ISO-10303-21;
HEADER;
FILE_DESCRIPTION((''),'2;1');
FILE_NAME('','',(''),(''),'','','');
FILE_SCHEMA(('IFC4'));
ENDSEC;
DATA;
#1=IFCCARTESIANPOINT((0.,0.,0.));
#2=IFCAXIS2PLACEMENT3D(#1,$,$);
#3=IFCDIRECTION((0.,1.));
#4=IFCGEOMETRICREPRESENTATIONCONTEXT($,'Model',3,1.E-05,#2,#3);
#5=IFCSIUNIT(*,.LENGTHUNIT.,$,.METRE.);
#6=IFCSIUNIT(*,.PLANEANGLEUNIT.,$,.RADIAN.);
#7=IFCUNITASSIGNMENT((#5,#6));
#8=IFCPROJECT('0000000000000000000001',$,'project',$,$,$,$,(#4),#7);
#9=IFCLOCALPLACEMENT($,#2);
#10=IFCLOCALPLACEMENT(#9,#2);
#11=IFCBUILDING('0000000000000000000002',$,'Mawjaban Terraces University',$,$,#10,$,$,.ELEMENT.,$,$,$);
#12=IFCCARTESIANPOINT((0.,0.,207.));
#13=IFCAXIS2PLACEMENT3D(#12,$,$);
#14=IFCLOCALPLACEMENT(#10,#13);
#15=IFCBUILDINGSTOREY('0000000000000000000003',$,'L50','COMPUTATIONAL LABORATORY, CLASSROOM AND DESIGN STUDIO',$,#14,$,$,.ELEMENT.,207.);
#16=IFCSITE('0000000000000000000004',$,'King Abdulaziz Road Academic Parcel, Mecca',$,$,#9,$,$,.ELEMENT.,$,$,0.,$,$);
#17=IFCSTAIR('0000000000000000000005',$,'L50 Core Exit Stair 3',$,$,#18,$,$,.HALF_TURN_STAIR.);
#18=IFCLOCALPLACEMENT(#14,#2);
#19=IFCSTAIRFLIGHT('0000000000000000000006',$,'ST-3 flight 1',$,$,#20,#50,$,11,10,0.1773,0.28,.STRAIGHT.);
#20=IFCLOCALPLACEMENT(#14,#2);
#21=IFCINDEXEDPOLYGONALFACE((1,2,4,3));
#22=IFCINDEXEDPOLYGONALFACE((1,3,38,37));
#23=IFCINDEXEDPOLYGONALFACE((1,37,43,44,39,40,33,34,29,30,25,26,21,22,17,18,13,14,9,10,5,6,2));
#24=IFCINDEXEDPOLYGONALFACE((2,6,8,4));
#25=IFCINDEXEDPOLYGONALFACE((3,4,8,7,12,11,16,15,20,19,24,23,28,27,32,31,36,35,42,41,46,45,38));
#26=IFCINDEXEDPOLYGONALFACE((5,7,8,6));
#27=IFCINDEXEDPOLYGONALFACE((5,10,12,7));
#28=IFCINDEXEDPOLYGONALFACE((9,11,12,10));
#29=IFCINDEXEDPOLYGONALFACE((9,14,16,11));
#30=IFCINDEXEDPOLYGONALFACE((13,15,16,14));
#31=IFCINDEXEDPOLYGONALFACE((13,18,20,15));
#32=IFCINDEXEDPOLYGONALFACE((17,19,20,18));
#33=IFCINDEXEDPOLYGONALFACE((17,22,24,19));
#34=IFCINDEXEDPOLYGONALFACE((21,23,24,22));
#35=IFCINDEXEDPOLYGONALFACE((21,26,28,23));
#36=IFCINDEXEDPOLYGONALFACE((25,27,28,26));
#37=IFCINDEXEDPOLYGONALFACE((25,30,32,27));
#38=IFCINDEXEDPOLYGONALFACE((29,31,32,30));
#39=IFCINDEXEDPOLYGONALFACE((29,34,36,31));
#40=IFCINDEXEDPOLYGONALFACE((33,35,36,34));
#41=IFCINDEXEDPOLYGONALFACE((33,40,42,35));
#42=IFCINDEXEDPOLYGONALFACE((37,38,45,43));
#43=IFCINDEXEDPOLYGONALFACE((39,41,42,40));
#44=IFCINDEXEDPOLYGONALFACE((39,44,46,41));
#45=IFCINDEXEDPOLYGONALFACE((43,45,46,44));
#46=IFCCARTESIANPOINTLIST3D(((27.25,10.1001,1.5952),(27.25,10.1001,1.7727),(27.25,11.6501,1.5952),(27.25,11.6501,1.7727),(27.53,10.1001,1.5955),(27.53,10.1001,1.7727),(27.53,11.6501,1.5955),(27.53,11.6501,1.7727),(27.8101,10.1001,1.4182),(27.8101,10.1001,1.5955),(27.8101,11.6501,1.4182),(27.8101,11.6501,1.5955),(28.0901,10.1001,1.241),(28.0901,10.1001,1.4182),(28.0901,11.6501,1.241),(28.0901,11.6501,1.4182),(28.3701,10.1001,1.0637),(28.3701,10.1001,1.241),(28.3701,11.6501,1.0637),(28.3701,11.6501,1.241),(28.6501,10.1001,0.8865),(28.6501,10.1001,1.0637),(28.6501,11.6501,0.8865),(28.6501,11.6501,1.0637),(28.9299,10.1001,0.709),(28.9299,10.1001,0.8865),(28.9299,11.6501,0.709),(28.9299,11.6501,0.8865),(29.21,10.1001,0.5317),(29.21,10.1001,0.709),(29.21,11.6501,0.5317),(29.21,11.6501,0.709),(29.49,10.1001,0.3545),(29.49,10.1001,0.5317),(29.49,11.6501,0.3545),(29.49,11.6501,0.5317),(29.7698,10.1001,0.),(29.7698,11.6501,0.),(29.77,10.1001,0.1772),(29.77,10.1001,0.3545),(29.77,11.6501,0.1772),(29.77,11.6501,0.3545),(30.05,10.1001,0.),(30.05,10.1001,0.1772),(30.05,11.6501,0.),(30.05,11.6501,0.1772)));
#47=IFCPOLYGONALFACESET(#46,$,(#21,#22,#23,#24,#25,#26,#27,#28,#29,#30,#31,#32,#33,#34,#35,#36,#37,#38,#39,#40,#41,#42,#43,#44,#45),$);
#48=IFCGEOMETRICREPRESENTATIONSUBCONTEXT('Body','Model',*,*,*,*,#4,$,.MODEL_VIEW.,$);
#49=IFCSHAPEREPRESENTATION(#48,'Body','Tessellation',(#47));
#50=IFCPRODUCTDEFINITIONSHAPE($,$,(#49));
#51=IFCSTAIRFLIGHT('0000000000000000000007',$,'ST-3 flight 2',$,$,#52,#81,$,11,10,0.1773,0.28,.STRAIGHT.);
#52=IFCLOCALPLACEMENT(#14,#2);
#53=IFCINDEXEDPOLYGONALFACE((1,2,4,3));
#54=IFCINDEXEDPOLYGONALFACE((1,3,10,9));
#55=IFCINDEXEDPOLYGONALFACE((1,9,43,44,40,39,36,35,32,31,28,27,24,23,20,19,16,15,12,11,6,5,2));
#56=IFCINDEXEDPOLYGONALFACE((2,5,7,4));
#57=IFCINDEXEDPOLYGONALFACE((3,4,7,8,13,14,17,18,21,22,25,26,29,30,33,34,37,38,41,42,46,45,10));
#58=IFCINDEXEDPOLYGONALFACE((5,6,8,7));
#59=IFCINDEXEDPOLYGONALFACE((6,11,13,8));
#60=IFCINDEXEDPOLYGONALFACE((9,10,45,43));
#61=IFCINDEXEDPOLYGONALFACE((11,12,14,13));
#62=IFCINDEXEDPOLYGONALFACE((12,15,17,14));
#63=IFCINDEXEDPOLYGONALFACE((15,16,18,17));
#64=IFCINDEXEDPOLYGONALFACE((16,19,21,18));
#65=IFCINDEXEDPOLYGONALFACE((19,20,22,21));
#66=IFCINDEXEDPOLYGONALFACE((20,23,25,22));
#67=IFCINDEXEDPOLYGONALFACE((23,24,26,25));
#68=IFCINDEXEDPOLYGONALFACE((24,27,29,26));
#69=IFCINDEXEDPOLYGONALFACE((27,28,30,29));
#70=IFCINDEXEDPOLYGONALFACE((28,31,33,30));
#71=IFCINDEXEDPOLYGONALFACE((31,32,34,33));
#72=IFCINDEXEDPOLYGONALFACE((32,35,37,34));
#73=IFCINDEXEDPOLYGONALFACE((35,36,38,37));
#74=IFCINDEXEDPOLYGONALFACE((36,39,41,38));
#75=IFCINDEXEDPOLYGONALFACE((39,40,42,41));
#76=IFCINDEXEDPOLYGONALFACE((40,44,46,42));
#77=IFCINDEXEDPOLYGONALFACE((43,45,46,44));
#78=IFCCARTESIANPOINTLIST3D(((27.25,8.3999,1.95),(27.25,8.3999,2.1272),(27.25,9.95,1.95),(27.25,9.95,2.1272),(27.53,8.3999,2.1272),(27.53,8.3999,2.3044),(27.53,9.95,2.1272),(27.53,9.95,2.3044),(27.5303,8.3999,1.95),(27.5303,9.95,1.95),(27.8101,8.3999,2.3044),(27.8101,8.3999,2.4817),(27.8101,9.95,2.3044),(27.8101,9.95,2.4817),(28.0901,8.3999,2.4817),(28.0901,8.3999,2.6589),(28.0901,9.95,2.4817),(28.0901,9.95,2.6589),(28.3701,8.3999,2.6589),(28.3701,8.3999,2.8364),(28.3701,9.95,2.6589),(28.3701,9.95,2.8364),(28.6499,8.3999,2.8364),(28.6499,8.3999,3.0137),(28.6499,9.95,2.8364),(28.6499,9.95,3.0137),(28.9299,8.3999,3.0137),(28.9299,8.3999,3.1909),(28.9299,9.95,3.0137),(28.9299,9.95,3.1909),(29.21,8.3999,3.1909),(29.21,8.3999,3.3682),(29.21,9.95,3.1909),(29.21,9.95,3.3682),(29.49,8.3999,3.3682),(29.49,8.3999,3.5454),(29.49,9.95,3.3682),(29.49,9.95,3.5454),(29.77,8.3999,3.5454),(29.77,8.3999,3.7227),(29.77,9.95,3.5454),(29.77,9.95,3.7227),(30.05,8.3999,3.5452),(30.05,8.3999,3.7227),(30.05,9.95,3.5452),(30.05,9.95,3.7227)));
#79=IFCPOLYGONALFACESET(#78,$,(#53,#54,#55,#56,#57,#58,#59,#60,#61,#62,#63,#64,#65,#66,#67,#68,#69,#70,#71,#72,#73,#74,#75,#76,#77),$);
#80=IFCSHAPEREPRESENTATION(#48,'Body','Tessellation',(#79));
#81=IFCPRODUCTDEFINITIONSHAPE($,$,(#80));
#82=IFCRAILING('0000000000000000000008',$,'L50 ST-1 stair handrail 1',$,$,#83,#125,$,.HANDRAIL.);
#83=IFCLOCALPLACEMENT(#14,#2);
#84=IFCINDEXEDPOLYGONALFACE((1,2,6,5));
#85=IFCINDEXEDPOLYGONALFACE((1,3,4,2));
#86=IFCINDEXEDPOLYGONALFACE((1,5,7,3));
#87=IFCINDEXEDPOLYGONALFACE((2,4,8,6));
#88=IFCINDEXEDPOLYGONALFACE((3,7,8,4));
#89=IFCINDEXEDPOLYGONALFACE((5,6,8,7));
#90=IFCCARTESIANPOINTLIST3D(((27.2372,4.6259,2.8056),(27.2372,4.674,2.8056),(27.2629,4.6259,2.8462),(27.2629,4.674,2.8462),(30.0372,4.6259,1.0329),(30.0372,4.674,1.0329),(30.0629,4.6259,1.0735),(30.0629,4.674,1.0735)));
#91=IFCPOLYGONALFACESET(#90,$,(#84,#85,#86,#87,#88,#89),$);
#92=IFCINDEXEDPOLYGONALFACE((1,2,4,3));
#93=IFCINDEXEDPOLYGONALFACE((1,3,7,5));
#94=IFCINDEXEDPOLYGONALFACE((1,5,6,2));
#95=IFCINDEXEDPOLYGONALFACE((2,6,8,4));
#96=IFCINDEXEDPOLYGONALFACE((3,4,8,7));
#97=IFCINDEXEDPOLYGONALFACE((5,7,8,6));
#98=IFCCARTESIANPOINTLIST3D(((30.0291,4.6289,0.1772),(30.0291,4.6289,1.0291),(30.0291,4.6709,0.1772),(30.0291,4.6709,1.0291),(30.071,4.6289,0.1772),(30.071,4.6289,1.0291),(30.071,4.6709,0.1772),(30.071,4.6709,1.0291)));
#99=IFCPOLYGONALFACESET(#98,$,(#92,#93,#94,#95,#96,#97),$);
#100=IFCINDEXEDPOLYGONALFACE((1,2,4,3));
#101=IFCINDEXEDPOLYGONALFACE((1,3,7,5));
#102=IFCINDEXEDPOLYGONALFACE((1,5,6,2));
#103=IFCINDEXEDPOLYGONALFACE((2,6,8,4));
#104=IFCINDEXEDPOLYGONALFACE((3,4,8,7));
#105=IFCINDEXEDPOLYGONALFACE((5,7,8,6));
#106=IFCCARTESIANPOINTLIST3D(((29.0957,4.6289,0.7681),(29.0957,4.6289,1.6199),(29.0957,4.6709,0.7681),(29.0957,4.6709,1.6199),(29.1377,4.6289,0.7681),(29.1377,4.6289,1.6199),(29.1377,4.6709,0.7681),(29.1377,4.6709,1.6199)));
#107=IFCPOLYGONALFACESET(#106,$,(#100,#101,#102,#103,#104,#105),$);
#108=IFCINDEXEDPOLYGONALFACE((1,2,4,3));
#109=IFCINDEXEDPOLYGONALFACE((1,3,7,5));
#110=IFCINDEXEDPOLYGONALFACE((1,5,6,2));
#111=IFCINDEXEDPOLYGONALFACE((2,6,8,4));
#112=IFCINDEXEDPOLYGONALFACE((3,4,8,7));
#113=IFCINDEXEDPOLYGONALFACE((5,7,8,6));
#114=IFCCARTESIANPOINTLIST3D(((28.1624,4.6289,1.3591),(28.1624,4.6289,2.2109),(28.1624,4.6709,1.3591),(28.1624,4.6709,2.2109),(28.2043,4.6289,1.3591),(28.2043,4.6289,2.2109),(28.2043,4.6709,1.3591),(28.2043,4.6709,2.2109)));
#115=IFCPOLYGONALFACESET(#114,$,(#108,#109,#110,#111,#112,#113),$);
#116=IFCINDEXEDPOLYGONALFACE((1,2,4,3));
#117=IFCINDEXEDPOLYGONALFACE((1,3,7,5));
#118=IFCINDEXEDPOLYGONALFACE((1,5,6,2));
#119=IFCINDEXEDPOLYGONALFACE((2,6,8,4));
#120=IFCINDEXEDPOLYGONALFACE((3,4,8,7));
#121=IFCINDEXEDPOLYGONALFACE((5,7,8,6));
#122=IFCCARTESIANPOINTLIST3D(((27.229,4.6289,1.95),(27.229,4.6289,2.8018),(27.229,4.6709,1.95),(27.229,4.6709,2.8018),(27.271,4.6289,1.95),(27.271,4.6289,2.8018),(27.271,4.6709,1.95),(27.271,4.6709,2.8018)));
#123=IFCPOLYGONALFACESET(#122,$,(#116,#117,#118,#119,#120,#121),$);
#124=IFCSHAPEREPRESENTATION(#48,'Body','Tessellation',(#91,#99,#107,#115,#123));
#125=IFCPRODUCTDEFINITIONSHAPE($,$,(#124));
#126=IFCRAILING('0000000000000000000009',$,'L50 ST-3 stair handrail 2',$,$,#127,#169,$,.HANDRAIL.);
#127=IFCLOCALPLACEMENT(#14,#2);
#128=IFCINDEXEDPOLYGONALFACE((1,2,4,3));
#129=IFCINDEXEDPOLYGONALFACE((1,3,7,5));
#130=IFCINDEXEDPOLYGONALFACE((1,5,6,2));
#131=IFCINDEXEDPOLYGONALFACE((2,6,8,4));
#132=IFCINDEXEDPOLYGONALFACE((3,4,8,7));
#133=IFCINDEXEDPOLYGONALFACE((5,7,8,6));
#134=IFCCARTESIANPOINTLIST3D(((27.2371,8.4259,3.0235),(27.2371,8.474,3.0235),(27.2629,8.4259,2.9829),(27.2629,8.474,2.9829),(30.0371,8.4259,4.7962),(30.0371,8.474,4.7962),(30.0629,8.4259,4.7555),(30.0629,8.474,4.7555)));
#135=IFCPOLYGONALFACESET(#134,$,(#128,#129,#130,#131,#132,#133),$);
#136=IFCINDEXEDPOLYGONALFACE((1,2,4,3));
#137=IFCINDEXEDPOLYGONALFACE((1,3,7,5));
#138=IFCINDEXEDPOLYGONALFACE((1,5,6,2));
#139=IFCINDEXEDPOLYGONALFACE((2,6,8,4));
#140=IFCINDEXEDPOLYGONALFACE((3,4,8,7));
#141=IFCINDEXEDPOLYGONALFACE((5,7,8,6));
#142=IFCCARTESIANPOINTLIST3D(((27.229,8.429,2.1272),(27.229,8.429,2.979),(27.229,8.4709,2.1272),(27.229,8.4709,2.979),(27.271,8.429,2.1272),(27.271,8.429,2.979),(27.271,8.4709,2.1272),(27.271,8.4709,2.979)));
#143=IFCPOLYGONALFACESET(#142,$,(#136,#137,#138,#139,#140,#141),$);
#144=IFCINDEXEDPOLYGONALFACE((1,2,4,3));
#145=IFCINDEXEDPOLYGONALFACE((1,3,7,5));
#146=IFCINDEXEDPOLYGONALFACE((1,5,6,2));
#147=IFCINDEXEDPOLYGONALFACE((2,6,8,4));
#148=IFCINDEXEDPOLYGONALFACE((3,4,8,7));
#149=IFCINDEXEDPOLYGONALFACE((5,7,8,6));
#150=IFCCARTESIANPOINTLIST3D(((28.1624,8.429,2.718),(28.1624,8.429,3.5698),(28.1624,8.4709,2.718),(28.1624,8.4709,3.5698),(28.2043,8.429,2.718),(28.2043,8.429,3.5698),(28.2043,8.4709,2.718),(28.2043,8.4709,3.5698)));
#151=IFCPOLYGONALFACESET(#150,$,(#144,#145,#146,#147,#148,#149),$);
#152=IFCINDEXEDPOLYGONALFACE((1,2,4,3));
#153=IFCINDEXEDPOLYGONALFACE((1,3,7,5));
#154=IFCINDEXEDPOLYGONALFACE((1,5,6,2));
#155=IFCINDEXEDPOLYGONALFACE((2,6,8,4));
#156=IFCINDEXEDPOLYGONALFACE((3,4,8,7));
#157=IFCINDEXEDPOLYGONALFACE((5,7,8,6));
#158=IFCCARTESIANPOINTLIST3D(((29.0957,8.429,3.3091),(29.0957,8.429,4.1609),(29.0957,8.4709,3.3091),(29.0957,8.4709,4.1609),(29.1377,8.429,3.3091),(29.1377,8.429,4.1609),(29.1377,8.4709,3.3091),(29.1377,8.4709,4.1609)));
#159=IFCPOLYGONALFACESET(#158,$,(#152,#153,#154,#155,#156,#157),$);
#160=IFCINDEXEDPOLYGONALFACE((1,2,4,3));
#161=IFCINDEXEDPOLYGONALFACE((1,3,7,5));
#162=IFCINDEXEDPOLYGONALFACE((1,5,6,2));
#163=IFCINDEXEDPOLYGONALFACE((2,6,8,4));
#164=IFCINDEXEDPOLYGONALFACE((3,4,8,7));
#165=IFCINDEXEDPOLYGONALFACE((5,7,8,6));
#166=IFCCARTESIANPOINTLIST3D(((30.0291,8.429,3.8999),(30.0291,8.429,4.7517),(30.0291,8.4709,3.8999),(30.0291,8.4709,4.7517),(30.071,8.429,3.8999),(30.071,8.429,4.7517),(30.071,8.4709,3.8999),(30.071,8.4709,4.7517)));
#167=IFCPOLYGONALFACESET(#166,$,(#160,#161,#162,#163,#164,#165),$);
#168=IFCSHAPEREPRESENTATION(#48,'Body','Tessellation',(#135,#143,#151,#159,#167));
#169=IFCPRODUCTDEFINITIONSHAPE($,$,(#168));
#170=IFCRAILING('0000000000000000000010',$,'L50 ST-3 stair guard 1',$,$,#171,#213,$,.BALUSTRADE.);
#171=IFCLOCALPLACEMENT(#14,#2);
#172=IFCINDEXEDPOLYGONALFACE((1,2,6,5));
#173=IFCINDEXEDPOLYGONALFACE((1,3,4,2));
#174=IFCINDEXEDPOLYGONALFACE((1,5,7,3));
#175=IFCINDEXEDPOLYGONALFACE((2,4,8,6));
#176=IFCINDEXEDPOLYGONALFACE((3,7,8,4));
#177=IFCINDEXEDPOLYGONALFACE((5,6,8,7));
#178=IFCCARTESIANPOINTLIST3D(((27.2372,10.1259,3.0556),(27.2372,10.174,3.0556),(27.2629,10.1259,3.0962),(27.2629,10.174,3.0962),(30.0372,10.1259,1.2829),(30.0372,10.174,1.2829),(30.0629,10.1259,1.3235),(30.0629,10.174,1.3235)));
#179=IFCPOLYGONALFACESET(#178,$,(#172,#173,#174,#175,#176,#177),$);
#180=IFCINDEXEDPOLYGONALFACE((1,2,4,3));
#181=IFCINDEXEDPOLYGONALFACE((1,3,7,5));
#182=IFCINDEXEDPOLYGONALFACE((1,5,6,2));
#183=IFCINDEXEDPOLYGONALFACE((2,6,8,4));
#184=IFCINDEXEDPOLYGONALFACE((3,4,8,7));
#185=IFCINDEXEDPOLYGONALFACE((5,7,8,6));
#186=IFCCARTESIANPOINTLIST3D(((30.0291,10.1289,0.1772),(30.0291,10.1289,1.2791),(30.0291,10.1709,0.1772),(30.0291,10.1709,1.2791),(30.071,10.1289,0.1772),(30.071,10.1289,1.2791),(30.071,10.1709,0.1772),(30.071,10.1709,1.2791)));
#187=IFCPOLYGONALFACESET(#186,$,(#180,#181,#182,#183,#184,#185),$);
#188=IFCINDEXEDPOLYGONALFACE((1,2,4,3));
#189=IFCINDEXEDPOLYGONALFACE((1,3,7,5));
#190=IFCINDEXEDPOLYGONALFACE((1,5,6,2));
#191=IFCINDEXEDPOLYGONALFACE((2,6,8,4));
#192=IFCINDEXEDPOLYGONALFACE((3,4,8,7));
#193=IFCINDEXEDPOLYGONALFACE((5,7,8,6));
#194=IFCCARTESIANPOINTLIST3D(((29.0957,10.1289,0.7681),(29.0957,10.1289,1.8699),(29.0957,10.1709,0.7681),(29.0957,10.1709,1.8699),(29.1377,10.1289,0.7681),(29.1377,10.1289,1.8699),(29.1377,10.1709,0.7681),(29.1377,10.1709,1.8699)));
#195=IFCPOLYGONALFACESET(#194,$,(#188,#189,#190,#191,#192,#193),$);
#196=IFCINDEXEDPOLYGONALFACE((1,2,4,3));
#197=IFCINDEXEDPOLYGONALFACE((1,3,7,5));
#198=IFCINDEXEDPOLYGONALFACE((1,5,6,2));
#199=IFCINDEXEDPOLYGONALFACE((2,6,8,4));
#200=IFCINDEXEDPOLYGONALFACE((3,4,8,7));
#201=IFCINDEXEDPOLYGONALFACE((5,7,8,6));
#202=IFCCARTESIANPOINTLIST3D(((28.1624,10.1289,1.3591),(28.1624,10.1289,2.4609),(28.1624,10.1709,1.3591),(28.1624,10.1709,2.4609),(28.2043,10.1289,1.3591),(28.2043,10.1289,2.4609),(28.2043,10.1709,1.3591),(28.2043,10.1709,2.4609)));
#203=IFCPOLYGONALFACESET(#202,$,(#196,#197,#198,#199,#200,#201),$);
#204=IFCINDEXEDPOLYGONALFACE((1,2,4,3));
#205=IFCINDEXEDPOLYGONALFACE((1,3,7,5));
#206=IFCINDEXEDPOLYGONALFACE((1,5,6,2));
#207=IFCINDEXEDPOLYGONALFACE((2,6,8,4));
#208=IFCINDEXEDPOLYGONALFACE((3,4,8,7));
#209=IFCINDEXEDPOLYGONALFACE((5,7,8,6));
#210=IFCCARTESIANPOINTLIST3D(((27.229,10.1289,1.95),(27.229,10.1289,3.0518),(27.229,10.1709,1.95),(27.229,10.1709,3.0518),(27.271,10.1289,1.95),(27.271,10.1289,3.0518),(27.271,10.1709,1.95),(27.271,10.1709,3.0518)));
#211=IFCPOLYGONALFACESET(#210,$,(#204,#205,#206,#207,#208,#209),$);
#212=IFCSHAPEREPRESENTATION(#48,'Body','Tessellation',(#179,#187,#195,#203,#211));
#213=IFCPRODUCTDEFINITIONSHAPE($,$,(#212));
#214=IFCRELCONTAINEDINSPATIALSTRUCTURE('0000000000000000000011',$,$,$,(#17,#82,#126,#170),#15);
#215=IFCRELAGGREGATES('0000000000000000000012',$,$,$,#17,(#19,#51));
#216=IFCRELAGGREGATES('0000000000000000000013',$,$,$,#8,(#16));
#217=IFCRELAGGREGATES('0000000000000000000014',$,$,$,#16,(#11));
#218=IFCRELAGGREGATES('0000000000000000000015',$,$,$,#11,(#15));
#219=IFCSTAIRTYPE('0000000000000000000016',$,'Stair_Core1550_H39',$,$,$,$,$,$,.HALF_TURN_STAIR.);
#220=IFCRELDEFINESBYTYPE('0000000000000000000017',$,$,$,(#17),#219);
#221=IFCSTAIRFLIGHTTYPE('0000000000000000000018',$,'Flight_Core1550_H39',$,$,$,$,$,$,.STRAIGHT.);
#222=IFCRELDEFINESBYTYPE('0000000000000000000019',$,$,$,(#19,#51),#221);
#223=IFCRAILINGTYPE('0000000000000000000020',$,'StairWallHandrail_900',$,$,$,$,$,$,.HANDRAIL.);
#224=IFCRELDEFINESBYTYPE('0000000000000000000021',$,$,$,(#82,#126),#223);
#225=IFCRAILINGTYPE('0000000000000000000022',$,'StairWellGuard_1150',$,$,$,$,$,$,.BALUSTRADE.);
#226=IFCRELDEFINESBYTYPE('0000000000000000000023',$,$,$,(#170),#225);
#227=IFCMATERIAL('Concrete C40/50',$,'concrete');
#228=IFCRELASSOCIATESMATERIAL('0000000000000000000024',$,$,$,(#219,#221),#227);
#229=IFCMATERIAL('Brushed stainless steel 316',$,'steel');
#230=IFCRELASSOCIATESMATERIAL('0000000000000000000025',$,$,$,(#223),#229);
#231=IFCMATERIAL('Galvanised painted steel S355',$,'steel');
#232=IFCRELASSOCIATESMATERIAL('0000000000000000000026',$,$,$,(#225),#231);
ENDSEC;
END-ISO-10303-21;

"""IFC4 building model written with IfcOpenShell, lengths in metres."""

from ifc_helpers import new_model, si_unit, direction, frame, origin, origin_2d, place, context, subcontext, project, spatial, polyline, rectangle, outline, extrude, material, type_object, element, aggregate, save


model = new_model("IFC4")

# Units and contexts
model_context = context("Model", 3, precision=1e-05, world=origin(), true_north=direction((0.0, 1.0)))
body_context = subcontext(model_context, "Body", "Model", "MODEL_VIEW")
ifc_project = project(units=[si_unit("LENGTHUNIT", "METRE"), si_unit("PLANEANGLEUNIT", "RADIAN")], contexts=[model_context])

# Site, building, storey
site_placement = place(None, origin())
site = spatial("IfcSite", under=ifc_project, at=site_placement, Name="King Abdulaziz Road Academic Parcel, Mecca", CompositionType="ELEMENT", RefElevation=0.0)
building_placement = place(site_placement, origin())
building = spatial("IfcBuilding", under=site, at=building_placement, Name="Mawjaban Terraces University", CompositionType="ELEMENT")
storey_placement = place(building_placement, frame((0.0, 0.0, 207.0)))
storey = spatial("IfcBuildingStorey", under=building, at=storey_placement, Name="L50", Description="COMPUTATIONAL LABORATORY, CLASSROOM AND DESIGN STUDIO", CompositionType="ELEMENT", Elevation=207.0)

# Shared definitions
ifc_material_1 = material(Name="Concrete C40/50", Category="concrete")

# Stair, stair flights
stair_type = type_object("IfcStairType", Name="Stair_Core1550_H39", PredefinedType="HALF_TURN_STAIR", material=ifc_material_1)
stair_placement = place(storey_placement, origin())
stair = element("IfcStair", 1, at=stair_placement, inside=storey, type_object=stair_type, Name="L50 Core Exit Stair 3", PredefinedType="HALF_TURN_STAIR")
stair_flight_type = type_object("IfcStairFlightType", Name="Flight_Core1550_H39", PredefinedType="STRAIGHT", material=ifc_material_1)
stair_flight_1_placement = place(storey_placement, frame((30.05, 10.875, 0.0), z_axis=(0.0, 0.0, 1.0), x_axis=(-1.0, 0.0, 0.0)))
stair_flight_1 = element("IfcStairFlight", 2, at=stair_flight_1_placement, type_object=stair_flight_type, Name="ST-3 flight 1", NumberOfRisers=11, NumberOfTreads=10, PredefinedType="STRAIGHT", RiserHeight=0.1773, TreadLength=0.28, context=body_context, shape_type="SweptSolid", body=[
    extrude(outline(polyline([(0.0, 0.0), (0.0, 0.1772), (0.28, 0.1772), (0.28, 0.3545), (0.5601, 0.3545), (0.5601, 0.5317), (0.8401, 0.5317), (0.8401, 0.709), (1.1201, 0.709), (1.1201, 0.8865), (1.3999, 0.8865), (1.3999, 1.0637), (1.6799, 1.0637), (1.6799, 1.241), (1.96, 1.241), (1.96, 1.4182), (2.24, 1.4182), (2.24, 1.5955), (2.52, 1.5955), (2.52, 1.7727), (2.8, 1.7727), (2.8, 1.95), (2.8, 1.5952), (0.2803, 0.0), (0.0, 0.0)])), frame((0.0, 0.7749, 0.0), z_axis=(0.0, -1.0, 0.0), x_axis=(1.0, 0.0, 0.0)), (0.0, 0.0, 1.0), 1.55),
])
stair_flight_2_placement = place(storey_placement, frame((27.25, 9.175, 1.95), z_axis=(0.0, 0.0, 1.0), x_axis=(1.0, 0.0, 0.0)))
stair_flight_2 = element("IfcStairFlight", 3, at=stair_flight_2_placement, type_object=stair_flight_type, Name="ST-3 flight 2", NumberOfRisers=11, NumberOfTreads=10, PredefinedType="STRAIGHT", RiserHeight=0.1773, TreadLength=0.28, context=body_context, shape_type="SweptSolid", body=[
    extrude(outline(polyline([(0.0, 0.0), (0.0, 0.1772), (0.28, 0.1772), (0.28, 0.3545), (0.5601, 0.3545), (0.5601, 0.5317), (0.8401, 0.5317), (0.8401, 0.709), (1.1201, 0.709), (1.1201, 0.8865), (1.3999, 0.8865), (1.3999, 1.0637), (1.6799, 1.0637), (1.6799, 1.241), (1.96, 1.241), (1.96, 1.4182), (2.24, 1.4182), (2.24, 1.5955), (2.52, 1.5955), (2.52, 1.7727), (2.8, 1.7727), (2.8, 1.95), (2.8, 1.5952), (0.2803, 0.0), (0.0, 0.0)])), frame((0.0, 0.7749, 0.0), z_axis=(0.0, -1.0, 0.0), x_axis=(1.0, 0.0, 0.0)), (0.0, 0.0, 1.0), 1.55),
])
aggregate(stair, [stair_flight_1, stair_flight_2])

# Railings
ifc_material_2 = material(Name="Brushed stainless steel 316", Category="steel")
railing_type_1 = type_object("IfcRailingType", Name="StairWallHandrail_900", PredefinedType="HANDRAIL", material=ifc_material_2)
railing_1_placement = place(storey_placement, frame((30.05, 4.6499, 0.1772)))
element("IfcRailing", 4, at=railing_1_placement, inside=storey, type_object=railing_type_1, Name="L50 ST-1 stair handrail 1", PredefinedType="HANDRAIL", context=body_context, shape_type="SweptSolid", body=[
    extrude(rectangle(XDim=0.0481, YDim=0.0481, at=origin_2d()), frame((0.0, 0.0, 0.876), z_axis=(-0.844909, 0.0, 0.53491), x_axis=(0.0, -1.0, 0.0)), (0.0, 0.0, 1.0), 3.314),
    extrude(rectangle(XDim=0.042, YDim=0.042, at=origin_2d()), origin(), (0.0, 0.0, 1.0), 0.8518),
    extrude(rectangle(XDim=0.042, YDim=0.042, at=origin_2d()), frame((-0.9333, 0.0, 0.5908)), (0.0, 0.0, 1.0), 0.8518),
    extrude(rectangle(XDim=0.042, YDim=0.042, at=origin_2d()), frame((-1.8667, 0.0, 1.1819)), (0.0, 0.0, 1.0), 0.8518),
    extrude(rectangle(XDim=0.042, YDim=0.042, at=origin_2d()), frame((-2.8, 0.0, 1.7727)), (0.0, 0.0, 1.0), 0.8518),
])
railing_2_placement = place(storey_placement, frame((27.25, 8.45, 2.1272)))
element("IfcRailing", 5, at=railing_2_placement, inside=storey, type_object=railing_type_1, Name="L50 ST-3 stair handrail 2", PredefinedType="HANDRAIL", context=body_context, shape_type="SweptSolid", body=[
    extrude(rectangle(XDim=0.0481, YDim=0.0481, at=origin_2d()), frame((0.0, 0.0, 0.876), z_axis=(0.844909, 0.0, 0.53491), x_axis=(0.0, 1.0, 0.0)), (0.0, 0.0, 1.0), 3.314),
    extrude(rectangle(XDim=0.042, YDim=0.042, at=origin_2d()), origin(), (0.0, 0.0, 1.0), 0.8518),
    extrude(rectangle(XDim=0.042, YDim=0.042, at=origin_2d()), frame((0.9333, 0.0, 0.5908)), (0.0, 0.0, 1.0), 0.8518),
    extrude(rectangle(XDim=0.042, YDim=0.042, at=origin_2d()), frame((1.8667, 0.0, 1.1819)), (0.0, 0.0, 1.0), 0.8518),
    extrude(rectangle(XDim=0.042, YDim=0.042, at=origin_2d()), frame((2.8, 0.0, 1.7727)), (0.0, 0.0, 1.0), 0.8518),
])
ifc_material_3 = material(Name="Galvanised painted steel S355", Category="steel")
railing_type_2 = type_object("IfcRailingType", Name="StairWellGuard_1150", PredefinedType="BALUSTRADE", material=ifc_material_3)
railing_3_placement = place(storey_placement, frame((30.05, 10.1499, 0.1772)))
element("IfcRailing", 6, at=railing_3_placement, inside=storey, type_object=railing_type_2, Name="L50 ST-3 stair guard 1", PredefinedType="BALUSTRADE", context=body_context, shape_type="SweptSolid", body=[
    extrude(rectangle(XDim=0.0481, YDim=0.0481, at=origin_2d()), frame((0.0, 0.0, 1.126), z_axis=(-0.844909, 0.0, 0.53491), x_axis=(0.0, -1.0, 0.0)), (0.0, 0.0, 1.0), 3.314),
    extrude(rectangle(XDim=0.042, YDim=0.042, at=origin_2d()), origin(), (0.0, 0.0, 1.0), 1.1018),
    extrude(rectangle(XDim=0.042, YDim=0.042, at=origin_2d()), frame((-0.9333, 0.0, 0.5908)), (0.0, 0.0, 1.0), 1.1018),
    extrude(rectangle(XDim=0.042, YDim=0.042, at=origin_2d()), frame((-1.8667, 0.0, 1.1819)), (0.0, 0.0, 1.0), 1.1018),
    extrude(rectangle(XDim=0.042, YDim=0.042, at=origin_2d()), frame((-2.8, 0.0, 1.7727)), (0.0, 0.0, 1.0), 1.1018),
])

save(model, "model.ifc")
